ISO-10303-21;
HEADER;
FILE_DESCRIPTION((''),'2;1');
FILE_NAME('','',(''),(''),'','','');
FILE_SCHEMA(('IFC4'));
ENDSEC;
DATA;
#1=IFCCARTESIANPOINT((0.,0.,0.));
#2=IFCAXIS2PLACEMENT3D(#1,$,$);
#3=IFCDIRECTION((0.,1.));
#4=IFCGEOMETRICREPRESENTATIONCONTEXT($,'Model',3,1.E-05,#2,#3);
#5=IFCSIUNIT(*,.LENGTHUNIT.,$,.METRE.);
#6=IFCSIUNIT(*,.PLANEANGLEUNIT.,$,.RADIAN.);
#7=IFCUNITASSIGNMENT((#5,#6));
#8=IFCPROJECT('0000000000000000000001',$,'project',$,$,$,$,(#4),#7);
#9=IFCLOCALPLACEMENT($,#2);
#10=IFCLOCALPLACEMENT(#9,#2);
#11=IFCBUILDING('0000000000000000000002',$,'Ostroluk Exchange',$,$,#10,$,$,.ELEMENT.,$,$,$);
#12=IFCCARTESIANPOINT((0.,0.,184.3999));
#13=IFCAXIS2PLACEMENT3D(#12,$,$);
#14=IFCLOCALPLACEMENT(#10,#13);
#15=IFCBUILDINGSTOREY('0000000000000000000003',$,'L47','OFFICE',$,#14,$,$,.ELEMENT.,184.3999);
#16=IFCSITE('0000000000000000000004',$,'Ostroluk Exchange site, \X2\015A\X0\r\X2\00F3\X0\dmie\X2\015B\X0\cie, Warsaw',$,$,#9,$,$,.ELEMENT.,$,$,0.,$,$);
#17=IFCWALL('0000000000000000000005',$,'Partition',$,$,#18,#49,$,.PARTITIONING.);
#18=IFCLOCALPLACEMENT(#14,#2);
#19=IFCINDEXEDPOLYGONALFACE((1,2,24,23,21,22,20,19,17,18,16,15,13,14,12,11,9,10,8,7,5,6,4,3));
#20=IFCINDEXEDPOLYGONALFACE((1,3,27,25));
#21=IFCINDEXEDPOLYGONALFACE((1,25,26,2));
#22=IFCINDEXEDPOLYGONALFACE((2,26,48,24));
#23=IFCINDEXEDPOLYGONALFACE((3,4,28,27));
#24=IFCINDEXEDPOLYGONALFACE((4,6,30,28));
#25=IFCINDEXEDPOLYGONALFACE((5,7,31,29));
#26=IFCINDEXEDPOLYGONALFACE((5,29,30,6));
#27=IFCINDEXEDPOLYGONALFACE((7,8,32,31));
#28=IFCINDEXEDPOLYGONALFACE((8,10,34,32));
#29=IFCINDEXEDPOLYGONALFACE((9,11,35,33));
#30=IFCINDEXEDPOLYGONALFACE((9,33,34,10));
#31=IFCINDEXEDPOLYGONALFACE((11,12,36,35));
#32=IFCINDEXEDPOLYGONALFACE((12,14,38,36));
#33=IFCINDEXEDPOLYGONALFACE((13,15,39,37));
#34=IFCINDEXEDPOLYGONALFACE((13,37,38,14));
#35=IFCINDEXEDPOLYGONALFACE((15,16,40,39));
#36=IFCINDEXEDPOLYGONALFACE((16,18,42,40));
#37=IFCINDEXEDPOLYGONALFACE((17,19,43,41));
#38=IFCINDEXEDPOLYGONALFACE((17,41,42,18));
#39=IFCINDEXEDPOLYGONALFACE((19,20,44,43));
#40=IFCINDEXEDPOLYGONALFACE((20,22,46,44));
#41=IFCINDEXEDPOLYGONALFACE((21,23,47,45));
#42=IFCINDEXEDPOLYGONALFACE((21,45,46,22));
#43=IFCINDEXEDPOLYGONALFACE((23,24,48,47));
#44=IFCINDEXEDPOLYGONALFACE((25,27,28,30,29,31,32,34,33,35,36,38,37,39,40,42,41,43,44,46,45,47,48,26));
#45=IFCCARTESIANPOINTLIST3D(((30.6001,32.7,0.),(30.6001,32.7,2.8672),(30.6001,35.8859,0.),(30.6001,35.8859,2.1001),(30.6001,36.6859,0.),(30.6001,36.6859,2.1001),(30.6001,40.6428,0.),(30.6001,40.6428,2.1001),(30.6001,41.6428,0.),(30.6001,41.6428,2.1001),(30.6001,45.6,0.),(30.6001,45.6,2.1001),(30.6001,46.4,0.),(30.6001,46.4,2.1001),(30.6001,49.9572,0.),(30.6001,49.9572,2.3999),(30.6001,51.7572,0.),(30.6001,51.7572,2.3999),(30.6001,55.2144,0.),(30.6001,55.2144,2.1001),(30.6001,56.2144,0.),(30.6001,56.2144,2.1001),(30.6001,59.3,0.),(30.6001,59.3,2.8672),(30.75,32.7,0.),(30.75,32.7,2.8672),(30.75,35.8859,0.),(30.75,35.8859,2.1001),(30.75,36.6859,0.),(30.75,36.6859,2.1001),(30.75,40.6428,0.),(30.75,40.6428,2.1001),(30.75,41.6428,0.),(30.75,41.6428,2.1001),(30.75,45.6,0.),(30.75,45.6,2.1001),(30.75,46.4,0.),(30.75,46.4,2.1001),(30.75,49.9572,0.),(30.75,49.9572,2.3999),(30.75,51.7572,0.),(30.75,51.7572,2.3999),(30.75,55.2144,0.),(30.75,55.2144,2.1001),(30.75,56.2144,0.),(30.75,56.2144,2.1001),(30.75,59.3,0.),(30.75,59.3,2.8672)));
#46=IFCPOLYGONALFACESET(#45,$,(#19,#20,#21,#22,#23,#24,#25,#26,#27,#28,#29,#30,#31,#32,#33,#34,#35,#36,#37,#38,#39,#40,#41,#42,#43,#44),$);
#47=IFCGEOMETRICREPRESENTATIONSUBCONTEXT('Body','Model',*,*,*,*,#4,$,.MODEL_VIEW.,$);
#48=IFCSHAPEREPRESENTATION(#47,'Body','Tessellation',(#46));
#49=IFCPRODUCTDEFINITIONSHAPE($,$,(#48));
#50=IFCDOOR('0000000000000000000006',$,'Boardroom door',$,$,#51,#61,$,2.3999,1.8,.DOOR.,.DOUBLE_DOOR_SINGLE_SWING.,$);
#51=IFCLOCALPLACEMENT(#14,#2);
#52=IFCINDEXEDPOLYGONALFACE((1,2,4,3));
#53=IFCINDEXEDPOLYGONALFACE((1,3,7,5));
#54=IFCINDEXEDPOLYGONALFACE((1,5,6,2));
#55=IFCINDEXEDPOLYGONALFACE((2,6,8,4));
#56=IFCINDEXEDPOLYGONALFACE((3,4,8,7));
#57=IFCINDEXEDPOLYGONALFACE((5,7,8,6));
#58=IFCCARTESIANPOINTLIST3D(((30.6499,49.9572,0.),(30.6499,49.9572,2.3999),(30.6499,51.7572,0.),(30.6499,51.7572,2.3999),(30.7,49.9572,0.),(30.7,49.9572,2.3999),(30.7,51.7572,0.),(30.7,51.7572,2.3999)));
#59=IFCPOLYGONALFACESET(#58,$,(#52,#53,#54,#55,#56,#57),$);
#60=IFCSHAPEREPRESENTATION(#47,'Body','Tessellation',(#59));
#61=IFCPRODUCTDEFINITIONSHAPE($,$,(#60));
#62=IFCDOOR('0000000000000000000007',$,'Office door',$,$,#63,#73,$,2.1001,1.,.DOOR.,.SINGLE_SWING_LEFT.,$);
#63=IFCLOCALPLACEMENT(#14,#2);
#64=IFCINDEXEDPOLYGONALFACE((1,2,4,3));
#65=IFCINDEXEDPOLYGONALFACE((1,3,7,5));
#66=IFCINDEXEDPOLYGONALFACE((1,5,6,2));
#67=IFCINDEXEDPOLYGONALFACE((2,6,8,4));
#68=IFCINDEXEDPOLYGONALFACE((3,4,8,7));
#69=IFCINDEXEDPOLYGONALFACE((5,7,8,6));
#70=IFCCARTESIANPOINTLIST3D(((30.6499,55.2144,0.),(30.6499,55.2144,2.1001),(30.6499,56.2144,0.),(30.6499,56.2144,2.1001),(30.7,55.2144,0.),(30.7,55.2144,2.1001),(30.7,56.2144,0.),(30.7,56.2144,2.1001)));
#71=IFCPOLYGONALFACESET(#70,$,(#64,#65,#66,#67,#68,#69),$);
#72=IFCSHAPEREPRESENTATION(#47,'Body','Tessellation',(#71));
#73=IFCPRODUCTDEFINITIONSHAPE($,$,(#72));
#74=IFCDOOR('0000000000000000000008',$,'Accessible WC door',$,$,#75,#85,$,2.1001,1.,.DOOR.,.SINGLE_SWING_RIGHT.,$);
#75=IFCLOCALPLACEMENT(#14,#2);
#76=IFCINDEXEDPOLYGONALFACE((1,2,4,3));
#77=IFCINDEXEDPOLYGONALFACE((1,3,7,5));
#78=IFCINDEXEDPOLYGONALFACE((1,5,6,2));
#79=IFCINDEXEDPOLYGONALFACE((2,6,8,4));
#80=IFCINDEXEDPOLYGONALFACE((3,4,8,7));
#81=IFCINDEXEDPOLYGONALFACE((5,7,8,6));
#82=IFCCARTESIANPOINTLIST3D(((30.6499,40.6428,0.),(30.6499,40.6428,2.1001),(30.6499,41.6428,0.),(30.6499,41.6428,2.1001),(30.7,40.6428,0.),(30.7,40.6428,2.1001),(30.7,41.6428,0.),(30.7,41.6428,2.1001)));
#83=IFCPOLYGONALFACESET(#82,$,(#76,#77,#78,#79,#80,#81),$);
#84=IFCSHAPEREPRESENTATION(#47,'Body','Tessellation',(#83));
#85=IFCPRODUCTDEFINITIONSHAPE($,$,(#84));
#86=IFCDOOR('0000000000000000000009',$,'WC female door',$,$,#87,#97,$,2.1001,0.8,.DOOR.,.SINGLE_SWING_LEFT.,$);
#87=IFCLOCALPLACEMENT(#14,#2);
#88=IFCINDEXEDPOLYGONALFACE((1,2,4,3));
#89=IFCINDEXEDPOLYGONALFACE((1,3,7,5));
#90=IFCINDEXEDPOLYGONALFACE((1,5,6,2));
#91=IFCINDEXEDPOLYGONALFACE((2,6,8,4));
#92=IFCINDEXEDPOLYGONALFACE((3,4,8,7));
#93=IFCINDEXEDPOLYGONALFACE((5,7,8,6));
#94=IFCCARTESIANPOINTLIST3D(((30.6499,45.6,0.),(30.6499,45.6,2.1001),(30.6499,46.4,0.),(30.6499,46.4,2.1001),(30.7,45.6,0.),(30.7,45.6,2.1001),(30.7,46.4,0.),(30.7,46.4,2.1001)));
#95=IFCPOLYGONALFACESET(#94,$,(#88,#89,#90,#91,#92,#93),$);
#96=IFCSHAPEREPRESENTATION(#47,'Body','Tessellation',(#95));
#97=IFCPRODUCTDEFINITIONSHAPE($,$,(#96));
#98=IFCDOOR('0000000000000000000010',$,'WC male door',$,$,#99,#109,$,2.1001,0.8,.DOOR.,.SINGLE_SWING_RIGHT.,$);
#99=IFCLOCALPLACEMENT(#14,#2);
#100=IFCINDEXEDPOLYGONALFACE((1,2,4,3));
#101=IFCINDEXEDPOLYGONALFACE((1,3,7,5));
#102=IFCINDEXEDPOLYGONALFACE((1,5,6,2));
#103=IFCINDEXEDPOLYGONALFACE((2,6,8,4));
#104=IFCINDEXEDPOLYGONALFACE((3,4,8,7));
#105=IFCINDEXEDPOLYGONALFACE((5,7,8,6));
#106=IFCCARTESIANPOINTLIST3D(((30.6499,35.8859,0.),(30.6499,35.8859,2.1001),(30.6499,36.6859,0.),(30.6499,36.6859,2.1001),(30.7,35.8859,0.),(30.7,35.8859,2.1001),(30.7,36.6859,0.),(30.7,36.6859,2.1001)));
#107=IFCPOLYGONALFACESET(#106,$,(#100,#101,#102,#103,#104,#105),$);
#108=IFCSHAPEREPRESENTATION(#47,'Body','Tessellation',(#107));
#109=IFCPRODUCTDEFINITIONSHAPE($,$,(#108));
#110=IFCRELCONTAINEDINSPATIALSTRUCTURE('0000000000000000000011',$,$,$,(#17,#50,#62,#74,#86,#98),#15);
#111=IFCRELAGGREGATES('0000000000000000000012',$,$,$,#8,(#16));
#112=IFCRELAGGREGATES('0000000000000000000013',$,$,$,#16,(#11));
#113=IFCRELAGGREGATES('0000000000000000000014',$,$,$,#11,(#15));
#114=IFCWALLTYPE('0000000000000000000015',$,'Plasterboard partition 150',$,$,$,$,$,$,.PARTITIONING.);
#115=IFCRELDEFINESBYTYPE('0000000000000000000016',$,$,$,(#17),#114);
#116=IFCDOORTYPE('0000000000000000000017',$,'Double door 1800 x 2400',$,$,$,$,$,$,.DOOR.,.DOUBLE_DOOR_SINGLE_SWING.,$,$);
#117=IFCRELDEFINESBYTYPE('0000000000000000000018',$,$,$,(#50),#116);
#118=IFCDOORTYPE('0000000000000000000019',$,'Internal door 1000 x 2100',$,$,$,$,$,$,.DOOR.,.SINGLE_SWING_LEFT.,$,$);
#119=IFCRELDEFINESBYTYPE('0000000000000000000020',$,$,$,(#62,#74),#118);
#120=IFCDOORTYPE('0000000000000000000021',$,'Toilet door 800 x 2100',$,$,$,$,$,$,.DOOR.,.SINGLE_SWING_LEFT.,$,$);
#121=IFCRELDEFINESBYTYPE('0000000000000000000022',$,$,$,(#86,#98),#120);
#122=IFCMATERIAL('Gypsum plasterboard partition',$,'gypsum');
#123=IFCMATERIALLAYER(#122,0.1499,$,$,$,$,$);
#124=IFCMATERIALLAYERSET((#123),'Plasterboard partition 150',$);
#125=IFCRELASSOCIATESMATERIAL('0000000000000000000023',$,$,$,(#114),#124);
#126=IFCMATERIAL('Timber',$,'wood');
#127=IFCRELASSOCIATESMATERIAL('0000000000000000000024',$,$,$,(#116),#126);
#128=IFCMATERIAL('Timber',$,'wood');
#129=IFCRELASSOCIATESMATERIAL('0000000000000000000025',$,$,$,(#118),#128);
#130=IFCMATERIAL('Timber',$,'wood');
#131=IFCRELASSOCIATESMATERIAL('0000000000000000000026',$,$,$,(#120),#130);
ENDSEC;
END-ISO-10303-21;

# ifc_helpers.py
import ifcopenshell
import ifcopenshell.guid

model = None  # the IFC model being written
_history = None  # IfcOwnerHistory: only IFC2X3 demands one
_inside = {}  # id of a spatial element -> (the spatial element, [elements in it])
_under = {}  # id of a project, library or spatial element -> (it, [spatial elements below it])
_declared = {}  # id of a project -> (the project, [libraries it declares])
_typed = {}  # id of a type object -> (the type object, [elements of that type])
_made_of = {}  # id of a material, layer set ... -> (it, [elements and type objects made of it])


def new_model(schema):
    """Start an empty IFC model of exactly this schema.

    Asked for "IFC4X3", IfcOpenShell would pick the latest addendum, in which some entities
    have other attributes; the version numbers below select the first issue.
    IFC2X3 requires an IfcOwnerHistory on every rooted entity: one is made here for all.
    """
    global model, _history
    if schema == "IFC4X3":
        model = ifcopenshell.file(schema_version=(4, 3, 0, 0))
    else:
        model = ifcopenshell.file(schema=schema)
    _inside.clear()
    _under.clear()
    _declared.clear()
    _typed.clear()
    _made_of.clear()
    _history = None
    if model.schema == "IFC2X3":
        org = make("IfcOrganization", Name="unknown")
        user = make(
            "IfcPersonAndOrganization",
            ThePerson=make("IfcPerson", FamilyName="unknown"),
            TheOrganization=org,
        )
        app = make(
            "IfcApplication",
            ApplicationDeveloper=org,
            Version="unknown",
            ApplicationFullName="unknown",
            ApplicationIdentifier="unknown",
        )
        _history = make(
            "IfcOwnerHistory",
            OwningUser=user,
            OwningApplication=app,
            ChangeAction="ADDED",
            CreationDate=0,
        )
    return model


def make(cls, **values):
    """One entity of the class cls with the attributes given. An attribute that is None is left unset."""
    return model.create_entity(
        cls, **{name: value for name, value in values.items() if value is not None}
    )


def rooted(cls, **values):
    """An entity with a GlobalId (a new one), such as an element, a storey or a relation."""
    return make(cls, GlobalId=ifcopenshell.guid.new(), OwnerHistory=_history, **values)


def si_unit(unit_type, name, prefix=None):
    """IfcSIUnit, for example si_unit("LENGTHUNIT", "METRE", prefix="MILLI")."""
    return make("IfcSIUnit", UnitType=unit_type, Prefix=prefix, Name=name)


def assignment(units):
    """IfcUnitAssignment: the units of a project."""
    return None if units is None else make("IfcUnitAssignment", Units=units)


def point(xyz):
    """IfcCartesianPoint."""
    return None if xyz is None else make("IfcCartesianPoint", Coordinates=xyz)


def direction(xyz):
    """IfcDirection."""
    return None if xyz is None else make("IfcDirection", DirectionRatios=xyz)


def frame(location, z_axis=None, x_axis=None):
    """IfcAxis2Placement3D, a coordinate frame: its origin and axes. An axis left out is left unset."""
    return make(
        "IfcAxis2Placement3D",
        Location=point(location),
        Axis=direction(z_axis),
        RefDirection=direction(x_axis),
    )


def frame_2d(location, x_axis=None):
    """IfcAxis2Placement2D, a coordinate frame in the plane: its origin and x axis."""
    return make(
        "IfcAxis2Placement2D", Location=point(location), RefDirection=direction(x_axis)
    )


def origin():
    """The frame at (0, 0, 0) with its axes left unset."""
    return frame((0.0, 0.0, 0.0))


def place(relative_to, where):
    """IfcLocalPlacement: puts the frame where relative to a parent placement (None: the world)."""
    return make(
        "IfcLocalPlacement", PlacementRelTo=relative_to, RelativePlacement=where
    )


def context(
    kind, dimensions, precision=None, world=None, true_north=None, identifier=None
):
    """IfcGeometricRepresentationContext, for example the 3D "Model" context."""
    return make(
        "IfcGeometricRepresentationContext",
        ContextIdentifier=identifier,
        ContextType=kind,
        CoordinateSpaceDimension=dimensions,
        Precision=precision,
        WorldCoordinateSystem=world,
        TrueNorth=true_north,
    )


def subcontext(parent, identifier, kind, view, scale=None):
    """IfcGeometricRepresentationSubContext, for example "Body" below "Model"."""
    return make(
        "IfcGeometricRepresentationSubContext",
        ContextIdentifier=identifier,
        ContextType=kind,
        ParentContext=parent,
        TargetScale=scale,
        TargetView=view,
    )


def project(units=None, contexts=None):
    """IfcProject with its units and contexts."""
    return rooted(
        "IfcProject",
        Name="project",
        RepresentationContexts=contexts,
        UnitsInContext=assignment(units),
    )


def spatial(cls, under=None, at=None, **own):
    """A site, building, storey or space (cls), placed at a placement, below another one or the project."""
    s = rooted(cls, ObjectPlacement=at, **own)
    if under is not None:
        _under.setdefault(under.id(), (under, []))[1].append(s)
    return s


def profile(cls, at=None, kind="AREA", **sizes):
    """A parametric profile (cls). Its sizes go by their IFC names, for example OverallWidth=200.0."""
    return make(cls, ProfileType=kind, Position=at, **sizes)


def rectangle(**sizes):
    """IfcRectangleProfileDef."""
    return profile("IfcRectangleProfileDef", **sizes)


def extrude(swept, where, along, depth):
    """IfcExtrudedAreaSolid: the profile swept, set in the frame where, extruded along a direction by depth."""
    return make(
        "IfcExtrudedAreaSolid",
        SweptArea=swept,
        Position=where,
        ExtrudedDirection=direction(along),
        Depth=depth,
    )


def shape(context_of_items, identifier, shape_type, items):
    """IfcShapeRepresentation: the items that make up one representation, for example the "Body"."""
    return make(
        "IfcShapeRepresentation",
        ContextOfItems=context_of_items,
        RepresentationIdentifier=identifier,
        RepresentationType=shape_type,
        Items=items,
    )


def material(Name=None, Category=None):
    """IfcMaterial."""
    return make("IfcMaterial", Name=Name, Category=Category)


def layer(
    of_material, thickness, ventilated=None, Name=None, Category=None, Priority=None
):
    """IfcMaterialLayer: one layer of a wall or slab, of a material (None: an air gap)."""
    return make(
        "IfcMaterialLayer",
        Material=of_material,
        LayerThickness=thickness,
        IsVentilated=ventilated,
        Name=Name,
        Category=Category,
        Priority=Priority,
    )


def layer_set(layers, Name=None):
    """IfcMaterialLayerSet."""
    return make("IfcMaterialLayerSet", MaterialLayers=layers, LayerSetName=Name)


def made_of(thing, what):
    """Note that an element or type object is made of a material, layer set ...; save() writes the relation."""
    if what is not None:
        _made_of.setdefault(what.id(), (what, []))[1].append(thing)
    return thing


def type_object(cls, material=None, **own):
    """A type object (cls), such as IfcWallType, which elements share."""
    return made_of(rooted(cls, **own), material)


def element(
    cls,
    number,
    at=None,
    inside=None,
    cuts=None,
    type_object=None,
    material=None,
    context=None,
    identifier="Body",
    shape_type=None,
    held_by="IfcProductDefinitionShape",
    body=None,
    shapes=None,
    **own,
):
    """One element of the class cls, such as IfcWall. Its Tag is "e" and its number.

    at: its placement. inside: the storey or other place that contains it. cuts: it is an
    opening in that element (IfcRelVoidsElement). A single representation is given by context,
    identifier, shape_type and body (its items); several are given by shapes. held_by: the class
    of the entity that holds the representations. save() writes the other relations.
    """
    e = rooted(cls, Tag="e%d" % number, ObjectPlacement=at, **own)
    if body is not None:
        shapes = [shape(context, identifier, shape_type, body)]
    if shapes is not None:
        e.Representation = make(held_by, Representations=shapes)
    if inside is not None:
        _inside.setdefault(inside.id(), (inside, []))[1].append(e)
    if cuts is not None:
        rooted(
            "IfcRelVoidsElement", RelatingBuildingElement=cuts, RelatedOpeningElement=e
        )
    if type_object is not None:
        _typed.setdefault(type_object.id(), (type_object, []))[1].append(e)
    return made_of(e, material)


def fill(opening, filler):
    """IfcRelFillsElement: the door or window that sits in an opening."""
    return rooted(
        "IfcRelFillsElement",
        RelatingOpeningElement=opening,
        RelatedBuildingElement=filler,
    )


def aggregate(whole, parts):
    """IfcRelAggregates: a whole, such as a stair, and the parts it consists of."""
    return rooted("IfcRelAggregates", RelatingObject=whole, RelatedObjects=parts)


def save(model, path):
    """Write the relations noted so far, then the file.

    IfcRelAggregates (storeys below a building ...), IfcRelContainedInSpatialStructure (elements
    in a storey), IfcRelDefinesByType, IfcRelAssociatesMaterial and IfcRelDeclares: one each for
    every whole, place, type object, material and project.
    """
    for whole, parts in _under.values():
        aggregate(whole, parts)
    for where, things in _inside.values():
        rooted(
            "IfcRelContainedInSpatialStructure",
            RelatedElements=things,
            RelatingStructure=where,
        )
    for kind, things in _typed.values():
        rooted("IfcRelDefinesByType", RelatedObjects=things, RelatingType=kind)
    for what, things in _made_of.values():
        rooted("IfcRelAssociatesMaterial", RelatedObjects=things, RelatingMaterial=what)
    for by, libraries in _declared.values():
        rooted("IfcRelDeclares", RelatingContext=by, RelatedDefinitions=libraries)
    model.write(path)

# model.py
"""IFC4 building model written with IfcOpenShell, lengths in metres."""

from ifc_helpers import new_model, si_unit, direction, frame, frame_2d, origin, place, context, subcontext, project, spatial, rectangle, extrude, material, layer, layer_set, type_object, element, fill, save


model = new_model("IFC4")

# Units and contexts
model_context = context("Model", 3, precision=1e-05, world=origin(), true_north=direction((0.0, 1.0)))
body_context = subcontext(model_context, "Body", "Model", "MODEL_VIEW")
ifc_project = project(units=[si_unit("LENGTHUNIT", "METRE"), si_unit("PLANEANGLEUNIT", "RADIAN")], contexts=[model_context])

# Site, building, storey
site_placement = place(None, origin())
site = spatial("IfcSite", under=ifc_project, at=site_placement, Name="Ostroluk Exchange site, Śródmieście, Warsaw", CompositionType="ELEMENT", RefElevation=0.0)
building_placement = place(site_placement, origin())
building = spatial("IfcBuilding", under=site, at=building_placement, Name="Ostroluk Exchange", CompositionType="ELEMENT")
storey_placement = place(building_placement, frame((0.0, 0.0, 184.3999)))
storey = spatial("IfcBuildingStorey", under=building, at=storey_placement, Name="L47", Description="OFFICE", CompositionType="ELEMENT", Elevation=184.3999)

# Shared definitions
ifc_material_1 = material(Name="Gypsum plasterboard partition", Category="gypsum")
ifc_layer_1 = layer(ifc_material_1, 0.1499)
ifc_layer_set_1 = layer_set([ifc_layer_1], Name="Plasterboard partition 150")
wall_type = type_object("IfcWallType", Name="Plasterboard partition 150", PredefinedType="PARTITIONING", material=ifc_layer_set_1)

# Wall, openings, doors
wall_1_placement = place(storey_placement, frame((30.675, 59.3, 0.0), z_axis=(0.0, 0.0, 1.0), x_axis=(0.0, -1.0, 0.0)))
wall_1 = element("IfcWall", 1, at=wall_1_placement, inside=storey, type_object=wall_type, Name="Partition", PredefinedType="PARTITIONING", context=body_context, shape_type="SweptSolid", body=[
    extrude(rectangle(XDim=26.6001, YDim=0.1499, at=frame_2d((13.3, 0.0))), origin(), (0.0, 0.0, 1.0), 2.8672),
])
opening_1_placement = place(wall_1_placement, frame((3.0857, 0.0, 0.0)))
opening_1 = element("IfcOpeningElement", 2, at=opening_1_placement, cuts=wall_1, PredefinedType="OPENING", context=body_context, shape_type="SweptSolid", body=[
    extrude(rectangle(XDim=1.0, YDim=2.1001, at=frame_2d((0.5, 1.05))), frame((0.0, 0.085, 0.0), z_axis=(0.0, -1.0, 0.0), x_axis=(1.0, 0.0, 0.0)), (0.0, 0.0, 1.0), 0.1699),
])
opening_2_placement = place(wall_1_placement, frame((7.543, 0.0, 0.0)))
opening_2 = element("IfcOpeningElement", 3, at=opening_2_placement, cuts=wall_1, PredefinedType="OPENING", context=body_context, shape_type="SweptSolid", body=[
    extrude(rectangle(XDim=1.8, YDim=2.3999, at=frame_2d((0.8999, 1.2))), frame((0.0, 0.085, 0.0), z_axis=(0.0, -1.0, 0.0), x_axis=(1.0, 0.0, 0.0)), (0.0, 0.0, 1.0), 0.1699),
])
opening_3_placement = place(wall_1_placement, frame((12.9001, 0.0, 0.0)))
opening_3 = element("IfcOpeningElement", 4, at=opening_3_placement, cuts=wall_1, PredefinedType="OPENING", context=body_context, shape_type="SweptSolid", body=[
    extrude(rectangle(XDim=0.8, YDim=2.1001, at=frame_2d((0.3999, 1.05))), frame((0.0, 0.085, 0.0), z_axis=(0.0, -1.0, 0.0), x_axis=(1.0, 0.0, 0.0)), (0.0, 0.0, 1.0), 0.1699),
])
opening_4_placement = place(wall_1_placement, frame((17.6572, 0.0, 0.0)))
opening_4 = element("IfcOpeningElement", 5, at=opening_4_placement, cuts=wall_1, PredefinedType="OPENING", context=body_context, shape_type="SweptSolid", body=[
    extrude(rectangle(XDim=1.0, YDim=2.1001, at=frame_2d((0.5, 1.05))), frame((0.0, 0.085, 0.0), z_axis=(0.0, -1.0, 0.0), x_axis=(1.0, 0.0, 0.0)), (0.0, 0.0, 1.0), 0.1699),
])
opening_5_placement = place(wall_1_placement, frame((22.6143, 0.0, 0.0)))
opening_5 = element("IfcOpeningElement", 6, at=opening_5_placement, cuts=wall_1, PredefinedType="OPENING", context=body_context, shape_type="SweptSolid", body=[
    extrude(rectangle(XDim=0.8, YDim=2.1001, at=frame_2d((0.3999, 1.05))), frame((0.0, 0.085, 0.0), z_axis=(0.0, -1.0, 0.0), x_axis=(1.0, 0.0, 0.0)), (0.0, 0.0, 1.0), 0.1699),
])
ifc_material_2 = material(Name="Timber", Category="wood")
door_type_1 = type_object("IfcDoorType", Name="Double door 1800 x 2400", OperationType="DOUBLE_DOOR_SINGLE_SWING", PredefinedType="DOOR", material=ifc_material_2)
door_1_placement = place(opening_2_placement, origin())
door_1 = element("IfcDoor", 7, at=door_1_placement, inside=storey, type_object=door_type_1, Name="Boardroom door", OperationType="DOUBLE_DOOR_SINGLE_SWING", OverallHeight=2.3999, OverallWidth=1.8, PredefinedType="DOOR", context=body_context, shape_type="SweptSolid", body=[
    extrude(rectangle(XDim=1.8, YDim=2.3999, at=frame_2d((0.8999, 1.2))), frame((0.0, 0.0249, 0.0), z_axis=(0.0, -1.0, 0.0), x_axis=(1.0, 0.0, 0.0)), (0.0, 0.0, 1.0), 0.05),
])
fill(opening_2, door_1)
ifc_material_3 = material(Name="Timber", Category="wood")
door_type_2 = type_object("IfcDoorType", Name="Internal door 1000 x 2100", OperationType="SINGLE_SWING_LEFT", PredefinedType="DOOR", material=ifc_material_3)
door_2_placement = place(opening_1_placement, origin())
door_2 = element("IfcDoor", 8, at=door_2_placement, inside=storey, type_object=door_type_2, Name="Office door", OperationType="SINGLE_SWING_LEFT", OverallHeight=2.1001, OverallWidth=1.0, PredefinedType="DOOR", context=body_context, shape_type="SweptSolid", body=[
    extrude(rectangle(XDim=1.0, YDim=2.1001, at=frame_2d((0.5, 1.05))), frame((0.0, 0.0249, 0.0), z_axis=(0.0, -1.0, 0.0), x_axis=(1.0, 0.0, 0.0)), (0.0, 0.0, 1.0), 0.05),
])
fill(opening_1, door_2)
door_3_placement = place(opening_4_placement, origin())
door_3 = element("IfcDoor", 9, at=door_3_placement, inside=storey, type_object=door_type_2, Name="Accessible WC door", OperationType="SINGLE_SWING_RIGHT", OverallHeight=2.1001, OverallWidth=1.0, PredefinedType="DOOR", context=body_context, shape_type="SweptSolid", body=[
    extrude(rectangle(XDim=1.0, YDim=2.1001, at=frame_2d((0.5, 1.05))), frame((0.0, 0.0249, 0.0), z_axis=(0.0, -1.0, 0.0), x_axis=(1.0, 0.0, 0.0)), (0.0, 0.0, 1.0), 0.05),
])
fill(opening_4, door_3)
ifc_material_4 = material(Name="Timber", Category="wood")
door_type_3 = type_object("IfcDoorType", Name="Toilet door 800 x 2100", OperationType="SINGLE_SWING_LEFT", PredefinedType="DOOR", material=ifc_material_4)
door_4_placement = place(opening_3_placement, origin())
door_4 = element("IfcDoor", 10, at=door_4_placement, inside=storey, type_object=door_type_3, Name="WC female door", OperationType="SINGLE_SWING_LEFT", OverallHeight=2.1001, OverallWidth=0.8, PredefinedType="DOOR", context=body_context, shape_type="SweptSolid", body=[
    extrude(rectangle(XDim=0.8, YDim=2.1001, at=frame_2d((0.3999, 1.05))), frame((0.0, 0.0249, 0.0), z_axis=(0.0, -1.0, 0.0), x_axis=(1.0, 0.0, 0.0)), (0.0, 0.0, 1.0), 0.05),
])
fill(opening_3, door_4)
door_5_placement = place(opening_5_placement, origin())
door_5 = element("IfcDoor", 11, at=door_5_placement, inside=storey, type_object=door_type_3, Name="WC male door", OperationType="SINGLE_SWING_RIGHT", OverallHeight=2.1001, OverallWidth=0.8, PredefinedType="DOOR", context=body_context, shape_type="SweptSolid", body=[
    extrude(rectangle(XDim=0.8, YDim=2.1001, at=frame_2d((0.3999, 1.05))), frame((0.0, 0.0249, 0.0), z_axis=(0.0, -1.0, 0.0), x_axis=(1.0, 0.0, 0.0)), (0.0, 0.0, 1.0), 0.05),
])
fill(opening_5, door_5)

save(model, "model.ifc")
